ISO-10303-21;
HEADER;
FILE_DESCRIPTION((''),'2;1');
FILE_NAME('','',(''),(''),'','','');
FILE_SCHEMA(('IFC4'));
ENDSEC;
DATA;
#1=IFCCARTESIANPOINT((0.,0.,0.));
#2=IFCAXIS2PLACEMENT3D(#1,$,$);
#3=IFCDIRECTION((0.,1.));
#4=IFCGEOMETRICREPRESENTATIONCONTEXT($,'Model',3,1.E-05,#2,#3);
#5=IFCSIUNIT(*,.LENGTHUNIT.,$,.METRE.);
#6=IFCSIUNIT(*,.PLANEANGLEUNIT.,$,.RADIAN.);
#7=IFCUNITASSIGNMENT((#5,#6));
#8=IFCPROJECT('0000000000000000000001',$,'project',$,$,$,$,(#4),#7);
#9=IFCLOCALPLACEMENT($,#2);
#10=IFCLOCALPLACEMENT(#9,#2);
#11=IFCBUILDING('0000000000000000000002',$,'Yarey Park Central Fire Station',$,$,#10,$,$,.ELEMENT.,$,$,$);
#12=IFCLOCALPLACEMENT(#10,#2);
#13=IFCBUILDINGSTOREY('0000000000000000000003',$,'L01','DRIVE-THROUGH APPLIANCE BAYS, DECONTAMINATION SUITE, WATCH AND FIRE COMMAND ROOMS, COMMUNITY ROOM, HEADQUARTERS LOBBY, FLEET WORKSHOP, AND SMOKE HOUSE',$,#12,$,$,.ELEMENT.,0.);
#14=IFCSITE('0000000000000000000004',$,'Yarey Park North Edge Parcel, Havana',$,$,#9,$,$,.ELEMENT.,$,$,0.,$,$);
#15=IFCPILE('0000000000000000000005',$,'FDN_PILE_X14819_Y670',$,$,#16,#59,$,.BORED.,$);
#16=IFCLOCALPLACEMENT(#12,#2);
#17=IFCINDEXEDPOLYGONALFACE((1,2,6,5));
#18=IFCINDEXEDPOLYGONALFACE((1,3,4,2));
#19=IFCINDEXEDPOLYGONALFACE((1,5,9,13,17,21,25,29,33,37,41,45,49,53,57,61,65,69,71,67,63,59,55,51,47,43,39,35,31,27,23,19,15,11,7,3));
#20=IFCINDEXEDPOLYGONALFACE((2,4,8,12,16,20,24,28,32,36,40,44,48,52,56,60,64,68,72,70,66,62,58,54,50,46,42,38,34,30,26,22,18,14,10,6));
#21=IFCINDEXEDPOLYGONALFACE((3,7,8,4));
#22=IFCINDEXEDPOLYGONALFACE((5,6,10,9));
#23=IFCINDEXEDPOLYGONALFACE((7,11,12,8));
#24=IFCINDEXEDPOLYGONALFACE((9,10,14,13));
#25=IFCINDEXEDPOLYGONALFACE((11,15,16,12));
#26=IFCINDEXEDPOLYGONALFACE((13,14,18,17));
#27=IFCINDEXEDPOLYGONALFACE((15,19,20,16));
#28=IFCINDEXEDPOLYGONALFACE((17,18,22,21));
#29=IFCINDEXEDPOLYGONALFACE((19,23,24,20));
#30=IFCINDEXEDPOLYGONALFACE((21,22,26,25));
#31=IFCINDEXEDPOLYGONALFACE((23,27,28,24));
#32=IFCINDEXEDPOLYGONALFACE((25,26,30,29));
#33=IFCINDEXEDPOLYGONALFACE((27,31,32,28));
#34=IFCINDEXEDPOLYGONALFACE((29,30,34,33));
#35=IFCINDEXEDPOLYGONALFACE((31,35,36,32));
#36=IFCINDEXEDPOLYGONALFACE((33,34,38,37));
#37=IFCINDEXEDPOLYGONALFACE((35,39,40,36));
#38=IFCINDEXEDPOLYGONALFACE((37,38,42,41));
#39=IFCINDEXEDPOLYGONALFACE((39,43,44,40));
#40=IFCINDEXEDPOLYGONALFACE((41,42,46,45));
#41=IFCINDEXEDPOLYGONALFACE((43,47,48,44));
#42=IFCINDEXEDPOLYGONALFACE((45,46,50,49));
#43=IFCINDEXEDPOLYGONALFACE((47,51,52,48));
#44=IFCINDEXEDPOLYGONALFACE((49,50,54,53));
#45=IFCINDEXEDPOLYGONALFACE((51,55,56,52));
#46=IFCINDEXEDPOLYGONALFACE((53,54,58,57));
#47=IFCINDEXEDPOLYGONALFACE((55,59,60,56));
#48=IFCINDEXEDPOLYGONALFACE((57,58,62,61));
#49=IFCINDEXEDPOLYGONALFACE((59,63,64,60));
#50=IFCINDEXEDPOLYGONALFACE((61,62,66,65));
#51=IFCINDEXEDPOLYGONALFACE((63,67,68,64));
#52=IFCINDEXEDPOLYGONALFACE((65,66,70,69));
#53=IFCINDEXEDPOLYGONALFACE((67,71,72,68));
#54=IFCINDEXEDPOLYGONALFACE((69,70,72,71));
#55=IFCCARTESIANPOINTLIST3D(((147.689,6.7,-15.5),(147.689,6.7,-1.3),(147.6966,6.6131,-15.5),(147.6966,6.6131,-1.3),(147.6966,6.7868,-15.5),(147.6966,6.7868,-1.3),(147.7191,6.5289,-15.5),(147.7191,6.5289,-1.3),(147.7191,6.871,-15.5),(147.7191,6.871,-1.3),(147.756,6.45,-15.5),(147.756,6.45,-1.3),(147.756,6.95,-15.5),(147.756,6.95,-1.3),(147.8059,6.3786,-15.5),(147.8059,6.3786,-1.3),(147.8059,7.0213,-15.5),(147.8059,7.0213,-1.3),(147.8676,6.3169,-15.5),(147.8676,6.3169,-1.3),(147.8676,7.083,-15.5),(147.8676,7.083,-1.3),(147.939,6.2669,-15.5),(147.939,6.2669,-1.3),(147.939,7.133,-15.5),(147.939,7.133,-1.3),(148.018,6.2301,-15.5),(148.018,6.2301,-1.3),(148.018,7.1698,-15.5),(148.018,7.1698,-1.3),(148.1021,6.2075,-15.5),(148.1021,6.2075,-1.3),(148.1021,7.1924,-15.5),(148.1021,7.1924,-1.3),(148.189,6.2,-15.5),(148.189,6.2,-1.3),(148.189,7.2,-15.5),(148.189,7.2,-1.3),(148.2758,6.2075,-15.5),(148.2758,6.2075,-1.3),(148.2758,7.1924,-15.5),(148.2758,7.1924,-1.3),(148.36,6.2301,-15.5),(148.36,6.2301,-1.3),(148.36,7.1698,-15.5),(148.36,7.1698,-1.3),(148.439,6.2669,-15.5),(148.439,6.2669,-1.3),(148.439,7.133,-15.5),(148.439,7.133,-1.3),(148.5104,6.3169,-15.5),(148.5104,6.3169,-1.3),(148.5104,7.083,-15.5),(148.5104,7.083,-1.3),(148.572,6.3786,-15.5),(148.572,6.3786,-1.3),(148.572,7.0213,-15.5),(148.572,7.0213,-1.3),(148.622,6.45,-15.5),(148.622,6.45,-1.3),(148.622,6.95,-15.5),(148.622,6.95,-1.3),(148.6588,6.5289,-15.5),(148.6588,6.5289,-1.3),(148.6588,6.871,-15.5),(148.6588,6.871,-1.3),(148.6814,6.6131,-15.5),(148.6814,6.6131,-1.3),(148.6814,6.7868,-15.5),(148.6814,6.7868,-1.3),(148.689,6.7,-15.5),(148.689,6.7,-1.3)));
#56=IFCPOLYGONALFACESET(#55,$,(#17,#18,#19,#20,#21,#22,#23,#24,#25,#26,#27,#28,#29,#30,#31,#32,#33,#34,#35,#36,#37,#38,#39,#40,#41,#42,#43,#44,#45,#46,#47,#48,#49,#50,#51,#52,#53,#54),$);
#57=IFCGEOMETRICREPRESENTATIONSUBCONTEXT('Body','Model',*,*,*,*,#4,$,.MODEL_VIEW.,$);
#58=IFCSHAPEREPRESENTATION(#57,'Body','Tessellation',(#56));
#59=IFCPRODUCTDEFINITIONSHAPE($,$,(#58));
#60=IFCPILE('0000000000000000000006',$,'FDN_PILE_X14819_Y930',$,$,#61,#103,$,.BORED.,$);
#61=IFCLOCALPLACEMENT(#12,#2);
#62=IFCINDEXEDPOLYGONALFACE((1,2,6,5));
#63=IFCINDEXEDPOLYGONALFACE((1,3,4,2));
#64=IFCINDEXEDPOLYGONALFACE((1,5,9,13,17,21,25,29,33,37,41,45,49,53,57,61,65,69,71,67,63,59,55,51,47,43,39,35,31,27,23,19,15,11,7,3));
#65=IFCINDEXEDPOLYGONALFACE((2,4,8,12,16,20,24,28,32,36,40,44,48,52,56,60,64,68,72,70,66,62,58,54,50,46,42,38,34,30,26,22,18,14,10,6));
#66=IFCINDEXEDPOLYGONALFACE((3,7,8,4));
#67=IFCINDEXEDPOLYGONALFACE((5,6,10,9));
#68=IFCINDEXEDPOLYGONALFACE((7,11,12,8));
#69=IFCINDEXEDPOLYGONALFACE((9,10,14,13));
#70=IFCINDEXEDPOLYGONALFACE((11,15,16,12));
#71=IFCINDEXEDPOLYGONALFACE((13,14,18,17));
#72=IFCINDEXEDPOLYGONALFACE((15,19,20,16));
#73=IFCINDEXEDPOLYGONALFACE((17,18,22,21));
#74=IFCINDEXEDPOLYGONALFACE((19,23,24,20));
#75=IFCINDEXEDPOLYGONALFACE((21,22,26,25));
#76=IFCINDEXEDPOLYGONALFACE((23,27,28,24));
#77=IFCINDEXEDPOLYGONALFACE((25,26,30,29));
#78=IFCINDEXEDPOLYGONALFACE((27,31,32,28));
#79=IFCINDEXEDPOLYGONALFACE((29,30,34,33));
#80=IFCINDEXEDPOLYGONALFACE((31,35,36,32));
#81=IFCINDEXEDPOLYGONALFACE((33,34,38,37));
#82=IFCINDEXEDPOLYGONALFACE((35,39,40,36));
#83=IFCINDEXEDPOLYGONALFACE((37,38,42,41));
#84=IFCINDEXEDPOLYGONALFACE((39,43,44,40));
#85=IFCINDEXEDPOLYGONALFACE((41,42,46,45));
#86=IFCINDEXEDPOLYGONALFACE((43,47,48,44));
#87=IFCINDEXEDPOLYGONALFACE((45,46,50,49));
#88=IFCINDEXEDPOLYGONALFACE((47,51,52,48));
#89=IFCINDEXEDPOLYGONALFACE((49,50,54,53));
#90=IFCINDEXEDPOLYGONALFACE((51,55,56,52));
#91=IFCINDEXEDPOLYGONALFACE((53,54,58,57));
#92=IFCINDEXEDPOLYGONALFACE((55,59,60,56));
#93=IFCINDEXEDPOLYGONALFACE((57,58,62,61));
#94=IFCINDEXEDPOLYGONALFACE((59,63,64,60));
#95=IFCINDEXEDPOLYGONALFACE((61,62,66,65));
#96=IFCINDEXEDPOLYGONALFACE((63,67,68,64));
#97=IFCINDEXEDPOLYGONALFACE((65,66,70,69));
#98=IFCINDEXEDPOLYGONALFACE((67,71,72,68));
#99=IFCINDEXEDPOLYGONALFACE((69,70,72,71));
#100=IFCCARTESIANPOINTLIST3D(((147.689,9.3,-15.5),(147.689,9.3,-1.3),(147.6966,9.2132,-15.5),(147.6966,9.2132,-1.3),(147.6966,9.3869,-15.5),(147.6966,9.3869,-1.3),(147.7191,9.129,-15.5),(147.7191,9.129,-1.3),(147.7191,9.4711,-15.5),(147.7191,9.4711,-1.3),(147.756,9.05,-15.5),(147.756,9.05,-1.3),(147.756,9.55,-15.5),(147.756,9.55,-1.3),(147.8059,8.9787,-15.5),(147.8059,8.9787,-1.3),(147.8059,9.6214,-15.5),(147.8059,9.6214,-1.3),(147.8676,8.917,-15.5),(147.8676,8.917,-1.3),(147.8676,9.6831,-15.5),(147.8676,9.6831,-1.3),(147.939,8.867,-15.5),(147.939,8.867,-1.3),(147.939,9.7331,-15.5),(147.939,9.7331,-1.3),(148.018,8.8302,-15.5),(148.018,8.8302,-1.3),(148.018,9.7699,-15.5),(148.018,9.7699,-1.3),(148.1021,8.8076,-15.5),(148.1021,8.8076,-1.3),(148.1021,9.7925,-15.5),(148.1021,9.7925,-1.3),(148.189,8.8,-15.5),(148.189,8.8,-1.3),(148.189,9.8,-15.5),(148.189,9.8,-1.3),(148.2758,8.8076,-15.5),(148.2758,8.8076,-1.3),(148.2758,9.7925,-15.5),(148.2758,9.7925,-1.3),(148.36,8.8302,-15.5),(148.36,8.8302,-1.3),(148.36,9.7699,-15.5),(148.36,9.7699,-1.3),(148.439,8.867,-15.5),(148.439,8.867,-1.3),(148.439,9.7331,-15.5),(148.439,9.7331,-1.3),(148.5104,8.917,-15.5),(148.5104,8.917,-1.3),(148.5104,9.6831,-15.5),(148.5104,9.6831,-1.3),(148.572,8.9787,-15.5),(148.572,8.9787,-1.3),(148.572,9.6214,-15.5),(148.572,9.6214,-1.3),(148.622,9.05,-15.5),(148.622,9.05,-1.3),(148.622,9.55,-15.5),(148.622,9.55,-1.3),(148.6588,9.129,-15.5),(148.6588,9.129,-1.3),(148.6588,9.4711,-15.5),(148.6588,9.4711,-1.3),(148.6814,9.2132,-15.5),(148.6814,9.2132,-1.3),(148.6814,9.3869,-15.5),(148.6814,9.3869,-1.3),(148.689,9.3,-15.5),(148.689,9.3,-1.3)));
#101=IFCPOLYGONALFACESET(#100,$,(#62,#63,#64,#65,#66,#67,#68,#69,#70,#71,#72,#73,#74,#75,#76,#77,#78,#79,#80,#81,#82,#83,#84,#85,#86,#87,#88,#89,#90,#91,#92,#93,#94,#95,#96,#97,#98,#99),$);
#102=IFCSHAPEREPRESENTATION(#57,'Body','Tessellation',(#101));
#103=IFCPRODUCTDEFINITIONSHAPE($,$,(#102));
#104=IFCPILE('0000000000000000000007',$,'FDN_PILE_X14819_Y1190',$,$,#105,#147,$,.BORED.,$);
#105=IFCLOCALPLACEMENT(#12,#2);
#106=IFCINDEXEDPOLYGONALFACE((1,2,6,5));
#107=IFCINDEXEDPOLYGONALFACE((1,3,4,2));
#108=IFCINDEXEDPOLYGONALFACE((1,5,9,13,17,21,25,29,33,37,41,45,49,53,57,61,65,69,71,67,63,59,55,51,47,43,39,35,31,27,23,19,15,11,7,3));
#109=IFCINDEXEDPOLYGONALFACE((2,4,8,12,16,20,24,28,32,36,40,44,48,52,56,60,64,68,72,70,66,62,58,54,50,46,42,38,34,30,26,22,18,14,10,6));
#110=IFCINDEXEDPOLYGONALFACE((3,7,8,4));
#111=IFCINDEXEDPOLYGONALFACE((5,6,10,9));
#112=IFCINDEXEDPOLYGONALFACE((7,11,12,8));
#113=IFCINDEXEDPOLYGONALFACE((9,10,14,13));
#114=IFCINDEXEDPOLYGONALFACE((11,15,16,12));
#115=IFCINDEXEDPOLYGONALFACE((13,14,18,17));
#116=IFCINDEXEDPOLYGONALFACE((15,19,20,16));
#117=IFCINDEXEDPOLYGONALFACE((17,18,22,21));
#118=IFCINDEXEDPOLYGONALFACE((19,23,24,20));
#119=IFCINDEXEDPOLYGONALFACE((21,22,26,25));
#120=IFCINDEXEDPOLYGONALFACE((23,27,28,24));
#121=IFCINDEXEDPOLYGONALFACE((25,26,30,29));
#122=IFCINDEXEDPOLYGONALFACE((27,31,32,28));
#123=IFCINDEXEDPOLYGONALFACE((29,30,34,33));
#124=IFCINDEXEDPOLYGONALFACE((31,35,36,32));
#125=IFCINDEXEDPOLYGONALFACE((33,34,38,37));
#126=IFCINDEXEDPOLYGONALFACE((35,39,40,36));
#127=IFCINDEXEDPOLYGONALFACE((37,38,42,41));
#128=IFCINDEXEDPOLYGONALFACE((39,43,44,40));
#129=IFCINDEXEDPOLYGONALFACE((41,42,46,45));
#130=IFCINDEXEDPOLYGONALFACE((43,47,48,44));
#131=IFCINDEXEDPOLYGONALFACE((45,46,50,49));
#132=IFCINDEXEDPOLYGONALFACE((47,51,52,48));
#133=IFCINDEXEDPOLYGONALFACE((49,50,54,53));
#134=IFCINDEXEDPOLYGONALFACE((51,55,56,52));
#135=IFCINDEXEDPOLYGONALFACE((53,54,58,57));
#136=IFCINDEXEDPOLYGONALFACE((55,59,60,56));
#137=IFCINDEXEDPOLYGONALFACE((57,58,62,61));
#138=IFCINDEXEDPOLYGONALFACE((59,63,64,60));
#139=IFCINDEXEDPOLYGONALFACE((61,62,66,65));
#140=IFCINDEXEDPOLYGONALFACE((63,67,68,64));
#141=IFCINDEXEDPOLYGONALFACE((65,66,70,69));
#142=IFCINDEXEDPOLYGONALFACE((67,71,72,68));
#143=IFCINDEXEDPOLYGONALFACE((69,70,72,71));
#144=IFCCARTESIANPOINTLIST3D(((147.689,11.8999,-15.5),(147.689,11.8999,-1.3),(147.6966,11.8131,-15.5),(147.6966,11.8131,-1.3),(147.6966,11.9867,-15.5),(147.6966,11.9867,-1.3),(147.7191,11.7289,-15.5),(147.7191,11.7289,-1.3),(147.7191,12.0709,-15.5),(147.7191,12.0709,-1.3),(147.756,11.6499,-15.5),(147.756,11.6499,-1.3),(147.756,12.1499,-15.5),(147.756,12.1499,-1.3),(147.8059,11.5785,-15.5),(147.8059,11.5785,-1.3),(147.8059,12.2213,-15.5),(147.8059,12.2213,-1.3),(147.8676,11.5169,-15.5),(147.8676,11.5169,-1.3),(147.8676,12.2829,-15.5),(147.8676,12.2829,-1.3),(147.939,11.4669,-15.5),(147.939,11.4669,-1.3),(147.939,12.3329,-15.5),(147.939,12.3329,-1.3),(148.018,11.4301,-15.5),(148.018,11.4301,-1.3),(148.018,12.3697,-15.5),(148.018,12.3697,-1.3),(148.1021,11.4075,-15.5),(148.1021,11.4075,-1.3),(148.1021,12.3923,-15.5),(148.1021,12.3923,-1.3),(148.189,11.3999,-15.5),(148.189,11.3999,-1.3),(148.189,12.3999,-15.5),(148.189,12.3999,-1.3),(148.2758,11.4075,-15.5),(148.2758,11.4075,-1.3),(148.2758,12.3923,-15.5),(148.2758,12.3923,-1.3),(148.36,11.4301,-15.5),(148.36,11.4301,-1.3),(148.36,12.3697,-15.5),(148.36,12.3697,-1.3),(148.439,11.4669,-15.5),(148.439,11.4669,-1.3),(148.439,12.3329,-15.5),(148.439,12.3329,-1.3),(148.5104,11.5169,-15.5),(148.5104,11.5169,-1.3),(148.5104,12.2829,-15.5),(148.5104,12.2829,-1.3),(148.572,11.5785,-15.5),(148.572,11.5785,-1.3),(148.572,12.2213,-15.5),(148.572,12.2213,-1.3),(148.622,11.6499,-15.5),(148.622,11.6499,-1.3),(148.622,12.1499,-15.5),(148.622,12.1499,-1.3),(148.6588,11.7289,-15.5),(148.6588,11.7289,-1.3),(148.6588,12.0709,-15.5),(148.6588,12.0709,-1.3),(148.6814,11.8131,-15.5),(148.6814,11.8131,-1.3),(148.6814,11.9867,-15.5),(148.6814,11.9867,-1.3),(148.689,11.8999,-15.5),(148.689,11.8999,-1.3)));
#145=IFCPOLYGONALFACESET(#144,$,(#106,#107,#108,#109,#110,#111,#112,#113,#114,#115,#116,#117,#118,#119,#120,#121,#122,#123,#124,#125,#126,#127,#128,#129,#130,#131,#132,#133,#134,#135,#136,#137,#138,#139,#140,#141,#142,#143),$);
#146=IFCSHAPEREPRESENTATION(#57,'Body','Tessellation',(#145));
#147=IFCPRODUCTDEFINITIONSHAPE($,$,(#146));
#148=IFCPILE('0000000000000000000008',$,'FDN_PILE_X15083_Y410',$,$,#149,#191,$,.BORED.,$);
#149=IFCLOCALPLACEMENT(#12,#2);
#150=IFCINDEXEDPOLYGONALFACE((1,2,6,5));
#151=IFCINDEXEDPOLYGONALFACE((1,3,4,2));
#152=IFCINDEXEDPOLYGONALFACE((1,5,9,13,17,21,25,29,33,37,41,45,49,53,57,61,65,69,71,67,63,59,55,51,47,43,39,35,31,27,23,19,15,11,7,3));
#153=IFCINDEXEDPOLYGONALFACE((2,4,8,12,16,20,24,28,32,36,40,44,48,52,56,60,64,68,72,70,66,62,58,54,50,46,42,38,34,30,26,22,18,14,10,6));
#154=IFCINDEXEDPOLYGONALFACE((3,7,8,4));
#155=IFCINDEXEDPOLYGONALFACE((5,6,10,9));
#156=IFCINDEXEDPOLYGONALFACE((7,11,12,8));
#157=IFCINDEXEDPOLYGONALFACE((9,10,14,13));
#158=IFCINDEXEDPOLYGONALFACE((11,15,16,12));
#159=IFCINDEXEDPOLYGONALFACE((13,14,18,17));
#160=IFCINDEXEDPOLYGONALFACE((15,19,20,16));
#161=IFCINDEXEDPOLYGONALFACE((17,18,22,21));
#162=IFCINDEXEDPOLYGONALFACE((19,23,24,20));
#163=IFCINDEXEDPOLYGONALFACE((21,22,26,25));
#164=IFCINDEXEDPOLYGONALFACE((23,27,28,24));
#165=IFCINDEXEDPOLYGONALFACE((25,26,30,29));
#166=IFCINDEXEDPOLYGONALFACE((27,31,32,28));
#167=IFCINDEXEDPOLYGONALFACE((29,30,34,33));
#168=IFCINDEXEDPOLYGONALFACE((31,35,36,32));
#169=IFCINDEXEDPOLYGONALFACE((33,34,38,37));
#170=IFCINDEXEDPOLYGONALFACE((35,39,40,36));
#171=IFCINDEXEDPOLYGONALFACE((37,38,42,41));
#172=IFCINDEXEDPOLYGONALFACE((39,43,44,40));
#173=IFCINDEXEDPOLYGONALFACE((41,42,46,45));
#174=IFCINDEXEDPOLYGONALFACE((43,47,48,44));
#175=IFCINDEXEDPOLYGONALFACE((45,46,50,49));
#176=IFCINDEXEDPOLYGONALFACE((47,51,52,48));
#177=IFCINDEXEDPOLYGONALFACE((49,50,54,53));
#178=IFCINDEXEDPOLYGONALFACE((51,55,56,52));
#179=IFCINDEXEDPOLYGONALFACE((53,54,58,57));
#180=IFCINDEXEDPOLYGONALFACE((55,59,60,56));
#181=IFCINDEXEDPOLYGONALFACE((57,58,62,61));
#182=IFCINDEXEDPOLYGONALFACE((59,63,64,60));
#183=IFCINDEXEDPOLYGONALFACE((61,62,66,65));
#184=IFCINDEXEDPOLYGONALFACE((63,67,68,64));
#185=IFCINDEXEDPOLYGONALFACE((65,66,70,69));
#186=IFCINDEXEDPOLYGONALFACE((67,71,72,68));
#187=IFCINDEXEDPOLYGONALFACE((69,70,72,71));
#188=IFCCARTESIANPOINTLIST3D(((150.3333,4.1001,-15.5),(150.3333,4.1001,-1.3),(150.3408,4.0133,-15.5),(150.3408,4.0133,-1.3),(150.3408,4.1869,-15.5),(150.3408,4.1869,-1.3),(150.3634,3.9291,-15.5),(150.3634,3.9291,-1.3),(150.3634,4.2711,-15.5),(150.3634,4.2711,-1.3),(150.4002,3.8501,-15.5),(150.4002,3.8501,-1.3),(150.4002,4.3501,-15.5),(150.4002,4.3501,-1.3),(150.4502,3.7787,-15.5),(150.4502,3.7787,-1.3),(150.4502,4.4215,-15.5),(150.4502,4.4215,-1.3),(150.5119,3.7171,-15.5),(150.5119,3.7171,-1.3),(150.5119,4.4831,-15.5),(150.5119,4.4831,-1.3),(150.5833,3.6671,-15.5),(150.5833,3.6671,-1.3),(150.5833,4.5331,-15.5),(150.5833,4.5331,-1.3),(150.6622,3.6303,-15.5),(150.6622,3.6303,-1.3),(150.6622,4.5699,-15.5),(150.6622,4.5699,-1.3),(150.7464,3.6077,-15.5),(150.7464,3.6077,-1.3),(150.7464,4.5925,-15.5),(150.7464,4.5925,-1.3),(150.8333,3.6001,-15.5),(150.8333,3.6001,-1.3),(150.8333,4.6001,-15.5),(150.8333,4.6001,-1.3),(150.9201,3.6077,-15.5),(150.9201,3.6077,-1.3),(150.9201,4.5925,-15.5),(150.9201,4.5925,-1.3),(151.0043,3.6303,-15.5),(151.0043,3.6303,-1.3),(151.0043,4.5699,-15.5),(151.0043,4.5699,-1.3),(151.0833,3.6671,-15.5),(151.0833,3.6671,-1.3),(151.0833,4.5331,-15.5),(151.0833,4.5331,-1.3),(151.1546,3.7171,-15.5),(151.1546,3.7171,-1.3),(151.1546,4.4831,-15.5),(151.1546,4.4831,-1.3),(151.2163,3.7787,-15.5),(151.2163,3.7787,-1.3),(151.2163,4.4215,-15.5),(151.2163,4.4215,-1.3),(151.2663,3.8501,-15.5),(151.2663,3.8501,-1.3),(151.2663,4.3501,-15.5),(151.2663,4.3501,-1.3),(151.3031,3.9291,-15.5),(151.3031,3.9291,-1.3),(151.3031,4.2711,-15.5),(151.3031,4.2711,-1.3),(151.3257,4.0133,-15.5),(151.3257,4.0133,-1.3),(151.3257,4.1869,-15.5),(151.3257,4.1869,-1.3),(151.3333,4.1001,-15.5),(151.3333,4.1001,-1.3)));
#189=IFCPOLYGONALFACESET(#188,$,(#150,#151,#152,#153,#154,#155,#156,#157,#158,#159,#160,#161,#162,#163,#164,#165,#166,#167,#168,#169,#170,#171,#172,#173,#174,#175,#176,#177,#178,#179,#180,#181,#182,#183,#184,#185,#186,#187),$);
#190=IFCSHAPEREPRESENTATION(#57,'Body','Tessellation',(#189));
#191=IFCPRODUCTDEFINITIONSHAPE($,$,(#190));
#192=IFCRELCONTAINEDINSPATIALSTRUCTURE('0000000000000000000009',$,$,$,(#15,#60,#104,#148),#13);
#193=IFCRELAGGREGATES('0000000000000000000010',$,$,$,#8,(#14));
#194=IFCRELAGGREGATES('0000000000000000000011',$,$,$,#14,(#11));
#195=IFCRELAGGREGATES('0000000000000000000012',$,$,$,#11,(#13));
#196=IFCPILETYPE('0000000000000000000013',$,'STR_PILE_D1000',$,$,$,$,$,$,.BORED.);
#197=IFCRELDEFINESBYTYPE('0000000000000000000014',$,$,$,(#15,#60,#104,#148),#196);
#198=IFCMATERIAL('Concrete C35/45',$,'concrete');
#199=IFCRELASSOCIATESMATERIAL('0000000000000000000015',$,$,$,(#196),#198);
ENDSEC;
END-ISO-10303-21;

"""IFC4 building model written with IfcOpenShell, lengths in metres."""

from ifc_helpers import new_model, si_unit, direction, frame, origin, origin_2d, place, context, subcontext, project, spatial, circle, extrude, material, material_profile, profile_set, type_object, element, save


model = new_model("IFC4")

# Units and contexts
model_context = context("Model", 3, precision=1e-05, world=origin(), true_north=direction((0.0, 1.0)))
body_context = subcontext(model_context, "Body", "Model", "MODEL_VIEW")
ifc_project = project(units=[si_unit("LENGTHUNIT", "METRE"), si_unit("PLANEANGLEUNIT", "RADIAN")], contexts=[model_context])

# Site, building, storey
site_placement = place(None, origin())
site = spatial("IfcSite", under=ifc_project, at=site_placement, Name="Yarey Park North Edge Parcel, Havana", CompositionType="ELEMENT", RefElevation=0.0)
building_placement = place(site_placement, origin())
building = spatial("IfcBuilding", under=site, at=building_placement, Name="Yarey Park Central Fire Station", CompositionType="ELEMENT")
storey_placement = place(building_placement, origin())
storey = spatial("IfcBuildingStorey", under=building, at=storey_placement, Name="L01", Description="DRIVE-THROUGH APPLIANCE BAYS, DECONTAMINATION SUITE, WATCH AND FIRE COMMAND ROOMS, COMMUNITY ROOM, HEADQUARTERS LOBBY, FLEET WORKSHOP, AND SMOKE HOUSE", CompositionType="ELEMENT", Elevation=0.0)

# Piles
ifc_material_1 = material(Name="Concrete C35/45", Category="concrete")
ifc_material_profile_1 = material_profile(ifc_material_1, circle(Radius=0.5, at=origin_2d()), Name="BORED PILE D1000")
ifc_profile_set_1 = profile_set([ifc_material_profile_1], Name="Concrete C35/45")
pile_type = type_object("IfcPileType", Name="STR_PILE_D1000", PredefinedType="BORED", material=ifc_profile_set_1)
for number, where, z_axis, x_axis, name in (
    (1, (148.189, 6.7, -1.3), (0.0, 0.0, -1.0), (1.0, 0.0, 0.0), "FDN_PILE_X14819_Y670"),
    (2, (148.189, 9.3, -1.3), (0.0, 0.0, -1.0), (1.0, 0.0, 0.0), "FDN_PILE_X14819_Y930"),
    (3, (148.189, 11.8999, -1.3), (0.0, 0.0, -1.0), (1.0, 0.0, 0.0), "FDN_PILE_X14819_Y1190"),
    (4, (150.8333, 4.1001, -1.3), (0.0, 0.0, -1.0), (1.0, 0.0, 0.0), "FDN_PILE_X15083_Y410"),
):
    element("IfcPile", number, at=place(storey_placement, frame(where, z_axis=z_axis, x_axis=x_axis)), inside=storey, type_object=pile_type, Name=name, PredefinedType="BORED", context=body_context, shape_type="SweptSolid", body=[
        extrude(circle(Radius=0.5, at=origin_2d()), origin(), (0.0, 0.0, 1.0), 14.2),
    ])

save(model, "model.ifc")
